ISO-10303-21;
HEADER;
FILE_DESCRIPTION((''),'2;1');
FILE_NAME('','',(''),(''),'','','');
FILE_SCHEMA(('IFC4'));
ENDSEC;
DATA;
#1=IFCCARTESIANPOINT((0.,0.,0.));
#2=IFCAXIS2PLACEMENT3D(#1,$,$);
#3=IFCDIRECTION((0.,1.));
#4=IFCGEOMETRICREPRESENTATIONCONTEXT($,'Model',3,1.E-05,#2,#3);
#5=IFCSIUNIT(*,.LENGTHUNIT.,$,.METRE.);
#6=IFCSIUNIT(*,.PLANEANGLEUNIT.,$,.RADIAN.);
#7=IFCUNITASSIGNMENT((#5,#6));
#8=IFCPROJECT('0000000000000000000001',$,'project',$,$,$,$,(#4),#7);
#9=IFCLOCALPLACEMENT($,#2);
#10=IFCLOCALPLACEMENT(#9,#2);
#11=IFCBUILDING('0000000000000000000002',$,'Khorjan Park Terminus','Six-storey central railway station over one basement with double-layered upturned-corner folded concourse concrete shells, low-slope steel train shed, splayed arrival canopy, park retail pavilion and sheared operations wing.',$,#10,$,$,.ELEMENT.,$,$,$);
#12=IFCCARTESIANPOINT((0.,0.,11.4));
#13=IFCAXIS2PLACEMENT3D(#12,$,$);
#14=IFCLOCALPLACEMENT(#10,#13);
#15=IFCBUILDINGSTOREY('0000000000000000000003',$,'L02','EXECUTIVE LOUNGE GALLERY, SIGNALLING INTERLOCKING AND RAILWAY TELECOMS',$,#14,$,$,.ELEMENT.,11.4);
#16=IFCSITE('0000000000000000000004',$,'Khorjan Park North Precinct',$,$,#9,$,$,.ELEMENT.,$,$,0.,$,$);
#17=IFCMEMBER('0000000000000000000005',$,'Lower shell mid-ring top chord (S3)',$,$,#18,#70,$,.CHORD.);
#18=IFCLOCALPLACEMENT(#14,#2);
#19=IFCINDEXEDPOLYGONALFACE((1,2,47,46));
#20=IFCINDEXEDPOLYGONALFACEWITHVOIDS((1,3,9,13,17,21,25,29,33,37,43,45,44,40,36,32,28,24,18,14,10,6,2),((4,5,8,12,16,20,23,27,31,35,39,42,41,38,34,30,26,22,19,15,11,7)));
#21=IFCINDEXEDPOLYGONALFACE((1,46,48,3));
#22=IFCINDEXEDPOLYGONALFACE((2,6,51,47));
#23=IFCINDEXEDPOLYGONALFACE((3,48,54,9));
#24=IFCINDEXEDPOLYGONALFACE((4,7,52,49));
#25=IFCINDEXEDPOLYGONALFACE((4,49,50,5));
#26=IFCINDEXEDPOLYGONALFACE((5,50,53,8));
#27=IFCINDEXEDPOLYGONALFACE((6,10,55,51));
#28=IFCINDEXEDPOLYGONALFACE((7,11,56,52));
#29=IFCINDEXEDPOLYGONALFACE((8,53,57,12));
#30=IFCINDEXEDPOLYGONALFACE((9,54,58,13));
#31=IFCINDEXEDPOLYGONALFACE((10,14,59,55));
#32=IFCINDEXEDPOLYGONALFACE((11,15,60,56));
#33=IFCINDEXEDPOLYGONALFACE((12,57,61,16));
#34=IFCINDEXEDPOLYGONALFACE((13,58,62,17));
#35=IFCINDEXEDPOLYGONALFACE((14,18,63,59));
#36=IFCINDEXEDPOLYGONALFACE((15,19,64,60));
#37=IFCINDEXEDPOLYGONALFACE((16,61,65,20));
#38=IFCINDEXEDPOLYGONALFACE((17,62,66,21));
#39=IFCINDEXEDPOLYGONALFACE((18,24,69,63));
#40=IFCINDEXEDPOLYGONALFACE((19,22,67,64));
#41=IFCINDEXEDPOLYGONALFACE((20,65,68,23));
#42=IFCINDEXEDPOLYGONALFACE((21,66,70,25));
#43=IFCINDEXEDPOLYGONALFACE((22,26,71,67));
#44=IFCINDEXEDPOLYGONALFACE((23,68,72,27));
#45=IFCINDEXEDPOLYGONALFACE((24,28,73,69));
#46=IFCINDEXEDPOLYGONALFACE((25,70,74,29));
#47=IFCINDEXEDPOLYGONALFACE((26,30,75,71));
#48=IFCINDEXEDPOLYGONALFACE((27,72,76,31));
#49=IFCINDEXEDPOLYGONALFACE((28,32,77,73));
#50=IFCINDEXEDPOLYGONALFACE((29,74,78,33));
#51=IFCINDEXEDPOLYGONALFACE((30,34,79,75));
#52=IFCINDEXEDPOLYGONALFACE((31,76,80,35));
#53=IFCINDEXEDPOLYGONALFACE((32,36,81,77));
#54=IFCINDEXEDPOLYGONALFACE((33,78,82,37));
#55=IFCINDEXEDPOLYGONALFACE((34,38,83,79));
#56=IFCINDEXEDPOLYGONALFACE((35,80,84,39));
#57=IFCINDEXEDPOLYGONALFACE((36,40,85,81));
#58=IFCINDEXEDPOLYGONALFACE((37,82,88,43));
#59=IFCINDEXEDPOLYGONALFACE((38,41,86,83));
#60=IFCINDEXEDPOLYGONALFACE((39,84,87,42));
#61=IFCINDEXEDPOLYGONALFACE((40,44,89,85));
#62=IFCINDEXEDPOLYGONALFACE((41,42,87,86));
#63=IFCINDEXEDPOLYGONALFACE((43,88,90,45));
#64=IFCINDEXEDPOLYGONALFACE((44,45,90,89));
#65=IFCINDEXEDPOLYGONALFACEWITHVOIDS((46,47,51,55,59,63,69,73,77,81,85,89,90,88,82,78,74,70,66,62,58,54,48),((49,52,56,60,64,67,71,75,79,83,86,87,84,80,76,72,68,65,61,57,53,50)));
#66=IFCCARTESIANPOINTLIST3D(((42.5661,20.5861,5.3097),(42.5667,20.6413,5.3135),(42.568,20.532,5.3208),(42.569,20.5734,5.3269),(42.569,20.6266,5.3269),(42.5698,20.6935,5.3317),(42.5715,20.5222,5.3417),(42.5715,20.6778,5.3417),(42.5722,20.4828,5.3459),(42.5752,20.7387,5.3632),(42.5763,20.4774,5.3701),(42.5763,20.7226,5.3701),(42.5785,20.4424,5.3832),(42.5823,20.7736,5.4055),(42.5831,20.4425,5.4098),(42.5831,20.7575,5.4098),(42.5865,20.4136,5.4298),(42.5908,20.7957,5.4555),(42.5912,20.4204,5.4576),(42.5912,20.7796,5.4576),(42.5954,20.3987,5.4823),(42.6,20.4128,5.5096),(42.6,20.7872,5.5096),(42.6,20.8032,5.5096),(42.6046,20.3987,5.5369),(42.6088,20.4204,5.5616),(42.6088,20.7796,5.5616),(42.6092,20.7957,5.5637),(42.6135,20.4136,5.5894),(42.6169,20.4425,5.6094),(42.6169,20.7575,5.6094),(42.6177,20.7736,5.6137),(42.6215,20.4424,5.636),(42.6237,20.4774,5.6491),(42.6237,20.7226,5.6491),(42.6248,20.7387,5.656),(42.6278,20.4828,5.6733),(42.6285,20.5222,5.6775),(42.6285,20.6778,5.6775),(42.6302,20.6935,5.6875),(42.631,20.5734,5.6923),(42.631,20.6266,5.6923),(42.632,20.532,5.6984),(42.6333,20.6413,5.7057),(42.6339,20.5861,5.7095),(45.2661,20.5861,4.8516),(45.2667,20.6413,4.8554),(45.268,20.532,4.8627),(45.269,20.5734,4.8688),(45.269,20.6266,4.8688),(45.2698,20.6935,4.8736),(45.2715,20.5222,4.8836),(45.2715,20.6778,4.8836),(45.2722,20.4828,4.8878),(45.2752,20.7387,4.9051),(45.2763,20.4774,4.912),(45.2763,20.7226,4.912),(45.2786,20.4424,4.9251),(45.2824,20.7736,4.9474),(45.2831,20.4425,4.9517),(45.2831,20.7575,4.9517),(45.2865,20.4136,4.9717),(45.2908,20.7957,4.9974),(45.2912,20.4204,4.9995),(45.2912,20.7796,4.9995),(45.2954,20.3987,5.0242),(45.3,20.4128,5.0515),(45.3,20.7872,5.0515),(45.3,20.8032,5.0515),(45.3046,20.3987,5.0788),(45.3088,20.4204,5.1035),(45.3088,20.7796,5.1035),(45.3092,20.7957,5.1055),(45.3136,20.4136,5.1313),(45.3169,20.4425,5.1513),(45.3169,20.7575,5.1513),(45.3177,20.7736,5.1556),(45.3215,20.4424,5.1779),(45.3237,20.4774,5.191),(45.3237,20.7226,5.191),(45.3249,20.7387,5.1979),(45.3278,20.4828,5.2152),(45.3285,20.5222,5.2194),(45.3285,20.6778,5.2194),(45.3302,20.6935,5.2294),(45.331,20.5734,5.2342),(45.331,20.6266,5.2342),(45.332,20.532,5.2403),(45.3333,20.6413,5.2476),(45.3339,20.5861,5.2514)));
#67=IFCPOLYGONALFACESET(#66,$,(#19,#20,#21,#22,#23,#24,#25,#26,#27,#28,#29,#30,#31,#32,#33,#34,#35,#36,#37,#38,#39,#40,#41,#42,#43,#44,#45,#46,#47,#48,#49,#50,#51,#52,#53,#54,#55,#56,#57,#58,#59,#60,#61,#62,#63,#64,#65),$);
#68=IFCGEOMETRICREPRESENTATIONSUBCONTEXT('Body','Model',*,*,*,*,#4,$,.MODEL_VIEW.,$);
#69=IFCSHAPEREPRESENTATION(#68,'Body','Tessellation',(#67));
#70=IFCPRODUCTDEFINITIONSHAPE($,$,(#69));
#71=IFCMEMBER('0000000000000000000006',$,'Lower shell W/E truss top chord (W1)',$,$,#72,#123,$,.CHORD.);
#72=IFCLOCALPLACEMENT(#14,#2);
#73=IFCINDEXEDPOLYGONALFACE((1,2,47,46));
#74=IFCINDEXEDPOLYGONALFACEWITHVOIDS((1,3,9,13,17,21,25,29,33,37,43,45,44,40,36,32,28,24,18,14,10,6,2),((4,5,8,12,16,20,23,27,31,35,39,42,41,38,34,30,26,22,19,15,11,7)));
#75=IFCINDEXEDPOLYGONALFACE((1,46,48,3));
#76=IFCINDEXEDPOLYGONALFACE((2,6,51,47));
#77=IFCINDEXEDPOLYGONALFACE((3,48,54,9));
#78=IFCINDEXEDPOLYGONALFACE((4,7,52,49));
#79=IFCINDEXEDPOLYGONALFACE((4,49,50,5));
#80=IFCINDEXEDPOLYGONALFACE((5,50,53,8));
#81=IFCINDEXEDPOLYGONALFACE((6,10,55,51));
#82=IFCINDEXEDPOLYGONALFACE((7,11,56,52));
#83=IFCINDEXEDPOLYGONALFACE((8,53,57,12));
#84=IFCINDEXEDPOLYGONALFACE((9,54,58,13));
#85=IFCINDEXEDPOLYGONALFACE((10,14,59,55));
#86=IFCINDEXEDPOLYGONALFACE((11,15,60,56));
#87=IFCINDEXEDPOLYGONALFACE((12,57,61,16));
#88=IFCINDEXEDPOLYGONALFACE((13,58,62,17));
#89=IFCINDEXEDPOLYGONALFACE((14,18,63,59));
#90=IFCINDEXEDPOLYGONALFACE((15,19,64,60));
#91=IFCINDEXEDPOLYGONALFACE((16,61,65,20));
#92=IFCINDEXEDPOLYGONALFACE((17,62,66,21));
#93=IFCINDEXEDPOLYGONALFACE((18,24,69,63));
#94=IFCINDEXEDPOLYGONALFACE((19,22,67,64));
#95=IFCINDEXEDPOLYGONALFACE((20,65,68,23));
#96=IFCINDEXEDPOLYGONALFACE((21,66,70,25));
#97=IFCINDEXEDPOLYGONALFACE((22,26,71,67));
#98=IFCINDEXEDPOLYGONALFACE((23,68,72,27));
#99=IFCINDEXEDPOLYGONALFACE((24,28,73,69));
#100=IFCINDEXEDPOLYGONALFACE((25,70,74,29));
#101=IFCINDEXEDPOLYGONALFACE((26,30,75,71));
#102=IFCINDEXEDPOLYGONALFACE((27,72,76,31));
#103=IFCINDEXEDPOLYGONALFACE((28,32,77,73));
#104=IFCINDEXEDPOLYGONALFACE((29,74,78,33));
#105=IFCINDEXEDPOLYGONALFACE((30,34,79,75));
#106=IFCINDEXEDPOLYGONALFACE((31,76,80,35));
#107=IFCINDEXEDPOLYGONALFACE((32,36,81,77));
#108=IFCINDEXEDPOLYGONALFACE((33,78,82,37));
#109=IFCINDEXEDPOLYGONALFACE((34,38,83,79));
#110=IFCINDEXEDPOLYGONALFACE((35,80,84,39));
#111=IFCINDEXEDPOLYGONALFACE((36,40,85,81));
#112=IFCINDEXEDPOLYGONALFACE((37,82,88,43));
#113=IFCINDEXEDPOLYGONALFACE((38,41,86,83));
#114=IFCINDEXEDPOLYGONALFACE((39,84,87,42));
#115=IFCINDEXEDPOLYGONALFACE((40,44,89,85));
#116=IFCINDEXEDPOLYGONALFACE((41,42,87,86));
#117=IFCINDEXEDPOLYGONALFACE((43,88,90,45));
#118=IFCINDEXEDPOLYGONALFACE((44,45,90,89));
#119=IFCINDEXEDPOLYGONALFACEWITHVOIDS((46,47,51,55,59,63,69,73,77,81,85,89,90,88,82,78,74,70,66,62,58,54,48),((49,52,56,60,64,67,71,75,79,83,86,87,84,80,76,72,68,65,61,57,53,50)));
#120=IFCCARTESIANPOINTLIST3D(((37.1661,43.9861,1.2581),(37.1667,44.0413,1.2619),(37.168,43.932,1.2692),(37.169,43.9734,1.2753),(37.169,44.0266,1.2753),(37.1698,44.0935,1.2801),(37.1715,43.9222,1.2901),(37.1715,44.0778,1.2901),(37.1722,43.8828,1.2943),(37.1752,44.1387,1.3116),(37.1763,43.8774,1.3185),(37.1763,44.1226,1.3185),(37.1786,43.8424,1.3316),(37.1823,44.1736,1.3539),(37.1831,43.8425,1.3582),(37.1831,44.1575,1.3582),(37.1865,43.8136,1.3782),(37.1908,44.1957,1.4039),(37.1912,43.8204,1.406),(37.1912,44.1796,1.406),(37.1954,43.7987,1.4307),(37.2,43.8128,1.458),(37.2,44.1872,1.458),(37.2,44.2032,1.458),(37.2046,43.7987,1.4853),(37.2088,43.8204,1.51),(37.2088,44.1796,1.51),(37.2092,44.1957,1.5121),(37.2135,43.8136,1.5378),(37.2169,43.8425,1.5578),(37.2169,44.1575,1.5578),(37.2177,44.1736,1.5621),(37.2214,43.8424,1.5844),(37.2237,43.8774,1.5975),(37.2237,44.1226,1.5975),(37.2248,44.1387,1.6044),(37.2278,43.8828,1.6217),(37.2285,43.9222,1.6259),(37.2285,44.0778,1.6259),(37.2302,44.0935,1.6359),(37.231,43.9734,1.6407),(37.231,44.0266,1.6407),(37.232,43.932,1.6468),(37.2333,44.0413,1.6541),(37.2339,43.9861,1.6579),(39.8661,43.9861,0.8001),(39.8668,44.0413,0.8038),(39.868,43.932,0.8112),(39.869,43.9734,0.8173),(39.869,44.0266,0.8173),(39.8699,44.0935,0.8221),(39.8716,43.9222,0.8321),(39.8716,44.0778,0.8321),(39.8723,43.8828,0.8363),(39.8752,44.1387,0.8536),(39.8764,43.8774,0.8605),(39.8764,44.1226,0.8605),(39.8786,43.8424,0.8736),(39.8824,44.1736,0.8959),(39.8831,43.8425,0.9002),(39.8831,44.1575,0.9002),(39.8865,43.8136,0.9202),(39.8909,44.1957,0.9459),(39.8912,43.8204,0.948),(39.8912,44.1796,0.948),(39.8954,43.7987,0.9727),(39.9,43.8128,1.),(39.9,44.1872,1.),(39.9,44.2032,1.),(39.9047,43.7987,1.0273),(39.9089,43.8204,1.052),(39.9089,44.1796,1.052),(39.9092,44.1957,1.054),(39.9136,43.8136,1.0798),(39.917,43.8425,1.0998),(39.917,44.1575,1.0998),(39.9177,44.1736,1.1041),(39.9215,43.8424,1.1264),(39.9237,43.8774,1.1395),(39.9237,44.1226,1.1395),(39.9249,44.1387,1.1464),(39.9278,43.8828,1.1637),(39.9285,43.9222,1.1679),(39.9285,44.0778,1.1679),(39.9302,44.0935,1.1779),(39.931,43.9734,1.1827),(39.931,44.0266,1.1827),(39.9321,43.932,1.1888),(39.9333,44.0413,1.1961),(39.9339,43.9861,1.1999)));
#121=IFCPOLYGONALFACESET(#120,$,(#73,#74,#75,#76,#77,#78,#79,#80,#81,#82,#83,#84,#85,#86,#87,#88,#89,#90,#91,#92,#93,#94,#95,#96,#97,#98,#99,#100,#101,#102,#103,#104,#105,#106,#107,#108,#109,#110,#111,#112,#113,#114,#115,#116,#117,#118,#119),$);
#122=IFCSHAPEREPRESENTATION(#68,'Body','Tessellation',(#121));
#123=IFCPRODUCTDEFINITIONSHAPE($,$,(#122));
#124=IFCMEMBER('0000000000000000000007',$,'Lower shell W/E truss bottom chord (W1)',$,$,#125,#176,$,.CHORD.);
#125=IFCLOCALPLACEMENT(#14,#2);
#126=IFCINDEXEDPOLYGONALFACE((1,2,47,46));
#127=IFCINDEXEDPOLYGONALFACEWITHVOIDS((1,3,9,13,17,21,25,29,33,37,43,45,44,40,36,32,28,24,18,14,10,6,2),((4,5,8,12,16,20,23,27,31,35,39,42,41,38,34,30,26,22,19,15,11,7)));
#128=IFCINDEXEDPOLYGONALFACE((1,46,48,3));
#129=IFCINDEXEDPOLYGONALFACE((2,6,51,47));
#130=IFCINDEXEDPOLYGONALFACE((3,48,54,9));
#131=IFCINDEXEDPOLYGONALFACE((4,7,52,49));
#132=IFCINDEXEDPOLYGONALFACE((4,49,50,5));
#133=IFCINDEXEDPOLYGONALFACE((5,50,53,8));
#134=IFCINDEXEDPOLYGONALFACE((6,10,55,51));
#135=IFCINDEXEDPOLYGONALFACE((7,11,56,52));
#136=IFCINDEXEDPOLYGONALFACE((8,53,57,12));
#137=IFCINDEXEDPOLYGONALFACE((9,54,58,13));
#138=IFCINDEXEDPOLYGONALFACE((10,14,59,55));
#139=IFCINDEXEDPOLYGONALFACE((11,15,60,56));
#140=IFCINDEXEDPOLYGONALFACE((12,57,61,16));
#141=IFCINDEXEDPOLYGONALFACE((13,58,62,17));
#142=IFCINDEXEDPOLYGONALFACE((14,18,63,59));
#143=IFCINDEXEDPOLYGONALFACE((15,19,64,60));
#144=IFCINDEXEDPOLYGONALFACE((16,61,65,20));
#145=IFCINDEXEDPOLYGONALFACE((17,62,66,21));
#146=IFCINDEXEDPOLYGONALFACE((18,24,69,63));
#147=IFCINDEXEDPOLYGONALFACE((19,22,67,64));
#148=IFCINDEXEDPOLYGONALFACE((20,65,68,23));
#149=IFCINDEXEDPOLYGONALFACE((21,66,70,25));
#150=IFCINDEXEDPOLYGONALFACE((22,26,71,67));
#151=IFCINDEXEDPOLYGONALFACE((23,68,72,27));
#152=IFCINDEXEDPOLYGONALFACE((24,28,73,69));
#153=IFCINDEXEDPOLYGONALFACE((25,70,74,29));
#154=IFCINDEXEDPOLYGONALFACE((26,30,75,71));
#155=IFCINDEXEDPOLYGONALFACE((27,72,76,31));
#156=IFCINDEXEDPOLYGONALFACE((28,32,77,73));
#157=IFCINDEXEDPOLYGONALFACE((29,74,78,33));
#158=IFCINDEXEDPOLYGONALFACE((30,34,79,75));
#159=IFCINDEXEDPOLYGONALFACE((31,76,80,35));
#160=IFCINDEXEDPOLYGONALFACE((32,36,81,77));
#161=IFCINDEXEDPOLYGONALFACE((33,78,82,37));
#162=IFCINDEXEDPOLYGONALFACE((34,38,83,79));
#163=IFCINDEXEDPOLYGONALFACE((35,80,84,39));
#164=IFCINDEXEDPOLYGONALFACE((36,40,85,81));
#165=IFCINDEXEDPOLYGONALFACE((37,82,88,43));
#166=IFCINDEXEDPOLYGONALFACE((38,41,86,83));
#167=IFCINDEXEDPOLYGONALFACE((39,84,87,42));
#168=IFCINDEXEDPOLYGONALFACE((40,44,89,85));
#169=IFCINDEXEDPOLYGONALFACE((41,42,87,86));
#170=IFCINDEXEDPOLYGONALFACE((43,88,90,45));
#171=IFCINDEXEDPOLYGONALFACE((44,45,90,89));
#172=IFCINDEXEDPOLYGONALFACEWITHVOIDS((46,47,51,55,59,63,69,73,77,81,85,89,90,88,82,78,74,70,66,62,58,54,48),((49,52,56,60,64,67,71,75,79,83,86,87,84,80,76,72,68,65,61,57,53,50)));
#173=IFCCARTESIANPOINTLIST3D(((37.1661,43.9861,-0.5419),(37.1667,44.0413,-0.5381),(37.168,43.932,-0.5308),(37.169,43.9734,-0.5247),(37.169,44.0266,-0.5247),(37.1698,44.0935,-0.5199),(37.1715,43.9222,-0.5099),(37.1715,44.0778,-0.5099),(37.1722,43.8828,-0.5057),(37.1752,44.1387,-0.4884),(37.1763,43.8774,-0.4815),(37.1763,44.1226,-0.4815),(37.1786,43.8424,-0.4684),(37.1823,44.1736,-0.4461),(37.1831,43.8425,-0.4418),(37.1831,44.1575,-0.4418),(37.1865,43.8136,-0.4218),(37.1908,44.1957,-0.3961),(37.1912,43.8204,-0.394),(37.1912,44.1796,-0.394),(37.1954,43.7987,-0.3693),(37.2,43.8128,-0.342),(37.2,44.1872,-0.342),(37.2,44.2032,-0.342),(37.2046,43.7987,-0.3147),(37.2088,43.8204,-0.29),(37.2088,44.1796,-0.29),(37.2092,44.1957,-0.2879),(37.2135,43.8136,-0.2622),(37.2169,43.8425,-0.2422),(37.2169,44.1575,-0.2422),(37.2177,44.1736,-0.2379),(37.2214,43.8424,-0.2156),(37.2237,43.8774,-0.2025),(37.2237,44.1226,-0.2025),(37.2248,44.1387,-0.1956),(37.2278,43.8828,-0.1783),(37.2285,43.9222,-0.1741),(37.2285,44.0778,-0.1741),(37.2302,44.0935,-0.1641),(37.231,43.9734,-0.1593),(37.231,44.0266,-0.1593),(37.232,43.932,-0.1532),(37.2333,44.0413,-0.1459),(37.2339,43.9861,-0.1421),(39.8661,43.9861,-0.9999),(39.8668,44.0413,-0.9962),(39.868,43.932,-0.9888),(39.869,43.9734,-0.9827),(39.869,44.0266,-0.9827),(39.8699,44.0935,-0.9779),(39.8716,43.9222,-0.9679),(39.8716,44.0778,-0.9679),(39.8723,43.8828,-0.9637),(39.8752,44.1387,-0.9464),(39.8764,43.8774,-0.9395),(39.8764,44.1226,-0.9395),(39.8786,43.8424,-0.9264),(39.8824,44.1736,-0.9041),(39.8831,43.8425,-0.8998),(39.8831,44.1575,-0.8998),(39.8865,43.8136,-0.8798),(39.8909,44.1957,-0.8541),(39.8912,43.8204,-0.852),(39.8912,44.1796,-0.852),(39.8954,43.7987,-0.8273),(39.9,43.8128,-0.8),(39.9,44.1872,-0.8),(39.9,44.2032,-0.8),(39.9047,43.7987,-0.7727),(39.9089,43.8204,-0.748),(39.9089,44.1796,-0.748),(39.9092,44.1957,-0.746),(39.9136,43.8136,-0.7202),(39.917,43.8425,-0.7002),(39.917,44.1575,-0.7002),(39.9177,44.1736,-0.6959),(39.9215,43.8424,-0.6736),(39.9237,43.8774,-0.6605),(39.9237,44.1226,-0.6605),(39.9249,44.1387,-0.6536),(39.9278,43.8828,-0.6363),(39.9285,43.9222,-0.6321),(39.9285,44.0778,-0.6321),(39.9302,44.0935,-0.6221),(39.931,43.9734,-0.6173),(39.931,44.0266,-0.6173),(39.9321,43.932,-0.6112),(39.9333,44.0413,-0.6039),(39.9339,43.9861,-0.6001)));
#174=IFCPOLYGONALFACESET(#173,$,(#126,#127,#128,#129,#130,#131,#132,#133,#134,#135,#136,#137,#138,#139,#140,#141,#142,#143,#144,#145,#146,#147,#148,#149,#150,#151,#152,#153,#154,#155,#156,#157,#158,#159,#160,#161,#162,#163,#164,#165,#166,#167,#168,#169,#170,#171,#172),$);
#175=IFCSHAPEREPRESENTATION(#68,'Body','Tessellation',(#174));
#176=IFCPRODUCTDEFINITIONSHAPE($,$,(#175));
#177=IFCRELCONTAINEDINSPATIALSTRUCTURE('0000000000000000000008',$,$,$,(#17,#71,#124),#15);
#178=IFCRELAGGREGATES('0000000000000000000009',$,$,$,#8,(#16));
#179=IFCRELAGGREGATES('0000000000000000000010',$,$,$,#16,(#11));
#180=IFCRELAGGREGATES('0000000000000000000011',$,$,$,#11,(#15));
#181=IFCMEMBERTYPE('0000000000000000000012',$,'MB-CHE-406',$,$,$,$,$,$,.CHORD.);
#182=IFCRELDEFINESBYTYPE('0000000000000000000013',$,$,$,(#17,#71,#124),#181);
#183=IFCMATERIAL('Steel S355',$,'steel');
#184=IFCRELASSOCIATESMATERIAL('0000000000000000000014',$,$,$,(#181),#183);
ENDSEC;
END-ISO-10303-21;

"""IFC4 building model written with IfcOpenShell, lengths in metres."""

from ifc_helpers import new_model, si_unit, direction, frame, origin, origin_2d, place, context, subcontext, project, spatial, hollow_circle, extrude, material, material_profile, profile_set, type_object, element, save


model = new_model("IFC4")

# Units and contexts
model_context = context("Model", 3, precision=1e-05, world=origin(), true_north=direction((0.0, 1.0)))
body_context = subcontext(model_context, "Body", "Model", "MODEL_VIEW")
ifc_project = project(units=[si_unit("LENGTHUNIT", "METRE"), si_unit("PLANEANGLEUNIT", "RADIAN")], contexts=[model_context])

# Site, building, storey
site_placement = place(None, origin())
site = spatial("IfcSite", under=ifc_project, at=site_placement, Name="Khorjan Park North Precinct", CompositionType="ELEMENT", RefElevation=0.0)
building_placement = place(site_placement, origin())
building = spatial("IfcBuilding", under=site, at=building_placement, Name="Khorjan Park Terminus", Description="Six-storey central railway station over one basement with double-layered upturned-corner folded concourse concrete shells, low-slope steel train shed, splayed arrival canopy, park retail pavilion and sheared operations wing.", CompositionType="ELEMENT")
storey_placement = place(building_placement, frame((0.0, 0.0, 11.4)))
storey = spatial("IfcBuildingStorey", under=building, at=storey_placement, Name="L02", Description="EXECUTIVE LOUNGE GALLERY, SIGNALLING INTERLOCKING AND RAILWAY TELECOMS", CompositionType="ELEMENT", Elevation=11.4)

# Members
ifc_material_1 = material(Name="Steel S355", Category="steel")
ifc_material_profile_1 = material_profile(ifc_material_1, hollow_circle(Radius=0.2032, WallThickness=0.016, at=origin_2d()), Name="CHS 406.4x16")
ifc_profile_set_1 = profile_set([ifc_material_profile_1], Name="Steel S355")
member_type_1 = type_object("IfcMemberType", Name="MB-CHE-406", PredefinedType="CHORD", material=ifc_profile_set_1)
for number, where, z_axis, x_axis, name in (
    (1, (42.6, 20.6, 5.5096), (0.98591, 0.0, -0.167276), (0.0, 1.0, 0.0), "Lower shell mid-ring top chord (S3)"),
    (2, (37.2, 44.0, 1.458), (0.985916, 0.0, -0.167241), (0.0, 1.0, 0.0), "Lower shell W/E truss top chord (W1)"),
    (3, (37.2, 44.0, -0.342), (0.985916, 0.0, -0.167241), (0.0, 1.0, 0.0), "Lower shell W/E truss bottom chord (W1)"),
):
    element("IfcMember", number, at=place(storey_placement, frame(where, z_axis=z_axis, x_axis=x_axis)), inside=storey, type_object=member_type_1, Name=name, PredefinedType="CHORD", context=body_context, shape_type="SweptSolid", body=[
        extrude(hollow_circle(Radius=0.2032, WallThickness=0.016, at=origin_2d()), origin(), (0.0, 0.0, 1.0), 2.7386),
    ])

save(model, "model.ifc")
